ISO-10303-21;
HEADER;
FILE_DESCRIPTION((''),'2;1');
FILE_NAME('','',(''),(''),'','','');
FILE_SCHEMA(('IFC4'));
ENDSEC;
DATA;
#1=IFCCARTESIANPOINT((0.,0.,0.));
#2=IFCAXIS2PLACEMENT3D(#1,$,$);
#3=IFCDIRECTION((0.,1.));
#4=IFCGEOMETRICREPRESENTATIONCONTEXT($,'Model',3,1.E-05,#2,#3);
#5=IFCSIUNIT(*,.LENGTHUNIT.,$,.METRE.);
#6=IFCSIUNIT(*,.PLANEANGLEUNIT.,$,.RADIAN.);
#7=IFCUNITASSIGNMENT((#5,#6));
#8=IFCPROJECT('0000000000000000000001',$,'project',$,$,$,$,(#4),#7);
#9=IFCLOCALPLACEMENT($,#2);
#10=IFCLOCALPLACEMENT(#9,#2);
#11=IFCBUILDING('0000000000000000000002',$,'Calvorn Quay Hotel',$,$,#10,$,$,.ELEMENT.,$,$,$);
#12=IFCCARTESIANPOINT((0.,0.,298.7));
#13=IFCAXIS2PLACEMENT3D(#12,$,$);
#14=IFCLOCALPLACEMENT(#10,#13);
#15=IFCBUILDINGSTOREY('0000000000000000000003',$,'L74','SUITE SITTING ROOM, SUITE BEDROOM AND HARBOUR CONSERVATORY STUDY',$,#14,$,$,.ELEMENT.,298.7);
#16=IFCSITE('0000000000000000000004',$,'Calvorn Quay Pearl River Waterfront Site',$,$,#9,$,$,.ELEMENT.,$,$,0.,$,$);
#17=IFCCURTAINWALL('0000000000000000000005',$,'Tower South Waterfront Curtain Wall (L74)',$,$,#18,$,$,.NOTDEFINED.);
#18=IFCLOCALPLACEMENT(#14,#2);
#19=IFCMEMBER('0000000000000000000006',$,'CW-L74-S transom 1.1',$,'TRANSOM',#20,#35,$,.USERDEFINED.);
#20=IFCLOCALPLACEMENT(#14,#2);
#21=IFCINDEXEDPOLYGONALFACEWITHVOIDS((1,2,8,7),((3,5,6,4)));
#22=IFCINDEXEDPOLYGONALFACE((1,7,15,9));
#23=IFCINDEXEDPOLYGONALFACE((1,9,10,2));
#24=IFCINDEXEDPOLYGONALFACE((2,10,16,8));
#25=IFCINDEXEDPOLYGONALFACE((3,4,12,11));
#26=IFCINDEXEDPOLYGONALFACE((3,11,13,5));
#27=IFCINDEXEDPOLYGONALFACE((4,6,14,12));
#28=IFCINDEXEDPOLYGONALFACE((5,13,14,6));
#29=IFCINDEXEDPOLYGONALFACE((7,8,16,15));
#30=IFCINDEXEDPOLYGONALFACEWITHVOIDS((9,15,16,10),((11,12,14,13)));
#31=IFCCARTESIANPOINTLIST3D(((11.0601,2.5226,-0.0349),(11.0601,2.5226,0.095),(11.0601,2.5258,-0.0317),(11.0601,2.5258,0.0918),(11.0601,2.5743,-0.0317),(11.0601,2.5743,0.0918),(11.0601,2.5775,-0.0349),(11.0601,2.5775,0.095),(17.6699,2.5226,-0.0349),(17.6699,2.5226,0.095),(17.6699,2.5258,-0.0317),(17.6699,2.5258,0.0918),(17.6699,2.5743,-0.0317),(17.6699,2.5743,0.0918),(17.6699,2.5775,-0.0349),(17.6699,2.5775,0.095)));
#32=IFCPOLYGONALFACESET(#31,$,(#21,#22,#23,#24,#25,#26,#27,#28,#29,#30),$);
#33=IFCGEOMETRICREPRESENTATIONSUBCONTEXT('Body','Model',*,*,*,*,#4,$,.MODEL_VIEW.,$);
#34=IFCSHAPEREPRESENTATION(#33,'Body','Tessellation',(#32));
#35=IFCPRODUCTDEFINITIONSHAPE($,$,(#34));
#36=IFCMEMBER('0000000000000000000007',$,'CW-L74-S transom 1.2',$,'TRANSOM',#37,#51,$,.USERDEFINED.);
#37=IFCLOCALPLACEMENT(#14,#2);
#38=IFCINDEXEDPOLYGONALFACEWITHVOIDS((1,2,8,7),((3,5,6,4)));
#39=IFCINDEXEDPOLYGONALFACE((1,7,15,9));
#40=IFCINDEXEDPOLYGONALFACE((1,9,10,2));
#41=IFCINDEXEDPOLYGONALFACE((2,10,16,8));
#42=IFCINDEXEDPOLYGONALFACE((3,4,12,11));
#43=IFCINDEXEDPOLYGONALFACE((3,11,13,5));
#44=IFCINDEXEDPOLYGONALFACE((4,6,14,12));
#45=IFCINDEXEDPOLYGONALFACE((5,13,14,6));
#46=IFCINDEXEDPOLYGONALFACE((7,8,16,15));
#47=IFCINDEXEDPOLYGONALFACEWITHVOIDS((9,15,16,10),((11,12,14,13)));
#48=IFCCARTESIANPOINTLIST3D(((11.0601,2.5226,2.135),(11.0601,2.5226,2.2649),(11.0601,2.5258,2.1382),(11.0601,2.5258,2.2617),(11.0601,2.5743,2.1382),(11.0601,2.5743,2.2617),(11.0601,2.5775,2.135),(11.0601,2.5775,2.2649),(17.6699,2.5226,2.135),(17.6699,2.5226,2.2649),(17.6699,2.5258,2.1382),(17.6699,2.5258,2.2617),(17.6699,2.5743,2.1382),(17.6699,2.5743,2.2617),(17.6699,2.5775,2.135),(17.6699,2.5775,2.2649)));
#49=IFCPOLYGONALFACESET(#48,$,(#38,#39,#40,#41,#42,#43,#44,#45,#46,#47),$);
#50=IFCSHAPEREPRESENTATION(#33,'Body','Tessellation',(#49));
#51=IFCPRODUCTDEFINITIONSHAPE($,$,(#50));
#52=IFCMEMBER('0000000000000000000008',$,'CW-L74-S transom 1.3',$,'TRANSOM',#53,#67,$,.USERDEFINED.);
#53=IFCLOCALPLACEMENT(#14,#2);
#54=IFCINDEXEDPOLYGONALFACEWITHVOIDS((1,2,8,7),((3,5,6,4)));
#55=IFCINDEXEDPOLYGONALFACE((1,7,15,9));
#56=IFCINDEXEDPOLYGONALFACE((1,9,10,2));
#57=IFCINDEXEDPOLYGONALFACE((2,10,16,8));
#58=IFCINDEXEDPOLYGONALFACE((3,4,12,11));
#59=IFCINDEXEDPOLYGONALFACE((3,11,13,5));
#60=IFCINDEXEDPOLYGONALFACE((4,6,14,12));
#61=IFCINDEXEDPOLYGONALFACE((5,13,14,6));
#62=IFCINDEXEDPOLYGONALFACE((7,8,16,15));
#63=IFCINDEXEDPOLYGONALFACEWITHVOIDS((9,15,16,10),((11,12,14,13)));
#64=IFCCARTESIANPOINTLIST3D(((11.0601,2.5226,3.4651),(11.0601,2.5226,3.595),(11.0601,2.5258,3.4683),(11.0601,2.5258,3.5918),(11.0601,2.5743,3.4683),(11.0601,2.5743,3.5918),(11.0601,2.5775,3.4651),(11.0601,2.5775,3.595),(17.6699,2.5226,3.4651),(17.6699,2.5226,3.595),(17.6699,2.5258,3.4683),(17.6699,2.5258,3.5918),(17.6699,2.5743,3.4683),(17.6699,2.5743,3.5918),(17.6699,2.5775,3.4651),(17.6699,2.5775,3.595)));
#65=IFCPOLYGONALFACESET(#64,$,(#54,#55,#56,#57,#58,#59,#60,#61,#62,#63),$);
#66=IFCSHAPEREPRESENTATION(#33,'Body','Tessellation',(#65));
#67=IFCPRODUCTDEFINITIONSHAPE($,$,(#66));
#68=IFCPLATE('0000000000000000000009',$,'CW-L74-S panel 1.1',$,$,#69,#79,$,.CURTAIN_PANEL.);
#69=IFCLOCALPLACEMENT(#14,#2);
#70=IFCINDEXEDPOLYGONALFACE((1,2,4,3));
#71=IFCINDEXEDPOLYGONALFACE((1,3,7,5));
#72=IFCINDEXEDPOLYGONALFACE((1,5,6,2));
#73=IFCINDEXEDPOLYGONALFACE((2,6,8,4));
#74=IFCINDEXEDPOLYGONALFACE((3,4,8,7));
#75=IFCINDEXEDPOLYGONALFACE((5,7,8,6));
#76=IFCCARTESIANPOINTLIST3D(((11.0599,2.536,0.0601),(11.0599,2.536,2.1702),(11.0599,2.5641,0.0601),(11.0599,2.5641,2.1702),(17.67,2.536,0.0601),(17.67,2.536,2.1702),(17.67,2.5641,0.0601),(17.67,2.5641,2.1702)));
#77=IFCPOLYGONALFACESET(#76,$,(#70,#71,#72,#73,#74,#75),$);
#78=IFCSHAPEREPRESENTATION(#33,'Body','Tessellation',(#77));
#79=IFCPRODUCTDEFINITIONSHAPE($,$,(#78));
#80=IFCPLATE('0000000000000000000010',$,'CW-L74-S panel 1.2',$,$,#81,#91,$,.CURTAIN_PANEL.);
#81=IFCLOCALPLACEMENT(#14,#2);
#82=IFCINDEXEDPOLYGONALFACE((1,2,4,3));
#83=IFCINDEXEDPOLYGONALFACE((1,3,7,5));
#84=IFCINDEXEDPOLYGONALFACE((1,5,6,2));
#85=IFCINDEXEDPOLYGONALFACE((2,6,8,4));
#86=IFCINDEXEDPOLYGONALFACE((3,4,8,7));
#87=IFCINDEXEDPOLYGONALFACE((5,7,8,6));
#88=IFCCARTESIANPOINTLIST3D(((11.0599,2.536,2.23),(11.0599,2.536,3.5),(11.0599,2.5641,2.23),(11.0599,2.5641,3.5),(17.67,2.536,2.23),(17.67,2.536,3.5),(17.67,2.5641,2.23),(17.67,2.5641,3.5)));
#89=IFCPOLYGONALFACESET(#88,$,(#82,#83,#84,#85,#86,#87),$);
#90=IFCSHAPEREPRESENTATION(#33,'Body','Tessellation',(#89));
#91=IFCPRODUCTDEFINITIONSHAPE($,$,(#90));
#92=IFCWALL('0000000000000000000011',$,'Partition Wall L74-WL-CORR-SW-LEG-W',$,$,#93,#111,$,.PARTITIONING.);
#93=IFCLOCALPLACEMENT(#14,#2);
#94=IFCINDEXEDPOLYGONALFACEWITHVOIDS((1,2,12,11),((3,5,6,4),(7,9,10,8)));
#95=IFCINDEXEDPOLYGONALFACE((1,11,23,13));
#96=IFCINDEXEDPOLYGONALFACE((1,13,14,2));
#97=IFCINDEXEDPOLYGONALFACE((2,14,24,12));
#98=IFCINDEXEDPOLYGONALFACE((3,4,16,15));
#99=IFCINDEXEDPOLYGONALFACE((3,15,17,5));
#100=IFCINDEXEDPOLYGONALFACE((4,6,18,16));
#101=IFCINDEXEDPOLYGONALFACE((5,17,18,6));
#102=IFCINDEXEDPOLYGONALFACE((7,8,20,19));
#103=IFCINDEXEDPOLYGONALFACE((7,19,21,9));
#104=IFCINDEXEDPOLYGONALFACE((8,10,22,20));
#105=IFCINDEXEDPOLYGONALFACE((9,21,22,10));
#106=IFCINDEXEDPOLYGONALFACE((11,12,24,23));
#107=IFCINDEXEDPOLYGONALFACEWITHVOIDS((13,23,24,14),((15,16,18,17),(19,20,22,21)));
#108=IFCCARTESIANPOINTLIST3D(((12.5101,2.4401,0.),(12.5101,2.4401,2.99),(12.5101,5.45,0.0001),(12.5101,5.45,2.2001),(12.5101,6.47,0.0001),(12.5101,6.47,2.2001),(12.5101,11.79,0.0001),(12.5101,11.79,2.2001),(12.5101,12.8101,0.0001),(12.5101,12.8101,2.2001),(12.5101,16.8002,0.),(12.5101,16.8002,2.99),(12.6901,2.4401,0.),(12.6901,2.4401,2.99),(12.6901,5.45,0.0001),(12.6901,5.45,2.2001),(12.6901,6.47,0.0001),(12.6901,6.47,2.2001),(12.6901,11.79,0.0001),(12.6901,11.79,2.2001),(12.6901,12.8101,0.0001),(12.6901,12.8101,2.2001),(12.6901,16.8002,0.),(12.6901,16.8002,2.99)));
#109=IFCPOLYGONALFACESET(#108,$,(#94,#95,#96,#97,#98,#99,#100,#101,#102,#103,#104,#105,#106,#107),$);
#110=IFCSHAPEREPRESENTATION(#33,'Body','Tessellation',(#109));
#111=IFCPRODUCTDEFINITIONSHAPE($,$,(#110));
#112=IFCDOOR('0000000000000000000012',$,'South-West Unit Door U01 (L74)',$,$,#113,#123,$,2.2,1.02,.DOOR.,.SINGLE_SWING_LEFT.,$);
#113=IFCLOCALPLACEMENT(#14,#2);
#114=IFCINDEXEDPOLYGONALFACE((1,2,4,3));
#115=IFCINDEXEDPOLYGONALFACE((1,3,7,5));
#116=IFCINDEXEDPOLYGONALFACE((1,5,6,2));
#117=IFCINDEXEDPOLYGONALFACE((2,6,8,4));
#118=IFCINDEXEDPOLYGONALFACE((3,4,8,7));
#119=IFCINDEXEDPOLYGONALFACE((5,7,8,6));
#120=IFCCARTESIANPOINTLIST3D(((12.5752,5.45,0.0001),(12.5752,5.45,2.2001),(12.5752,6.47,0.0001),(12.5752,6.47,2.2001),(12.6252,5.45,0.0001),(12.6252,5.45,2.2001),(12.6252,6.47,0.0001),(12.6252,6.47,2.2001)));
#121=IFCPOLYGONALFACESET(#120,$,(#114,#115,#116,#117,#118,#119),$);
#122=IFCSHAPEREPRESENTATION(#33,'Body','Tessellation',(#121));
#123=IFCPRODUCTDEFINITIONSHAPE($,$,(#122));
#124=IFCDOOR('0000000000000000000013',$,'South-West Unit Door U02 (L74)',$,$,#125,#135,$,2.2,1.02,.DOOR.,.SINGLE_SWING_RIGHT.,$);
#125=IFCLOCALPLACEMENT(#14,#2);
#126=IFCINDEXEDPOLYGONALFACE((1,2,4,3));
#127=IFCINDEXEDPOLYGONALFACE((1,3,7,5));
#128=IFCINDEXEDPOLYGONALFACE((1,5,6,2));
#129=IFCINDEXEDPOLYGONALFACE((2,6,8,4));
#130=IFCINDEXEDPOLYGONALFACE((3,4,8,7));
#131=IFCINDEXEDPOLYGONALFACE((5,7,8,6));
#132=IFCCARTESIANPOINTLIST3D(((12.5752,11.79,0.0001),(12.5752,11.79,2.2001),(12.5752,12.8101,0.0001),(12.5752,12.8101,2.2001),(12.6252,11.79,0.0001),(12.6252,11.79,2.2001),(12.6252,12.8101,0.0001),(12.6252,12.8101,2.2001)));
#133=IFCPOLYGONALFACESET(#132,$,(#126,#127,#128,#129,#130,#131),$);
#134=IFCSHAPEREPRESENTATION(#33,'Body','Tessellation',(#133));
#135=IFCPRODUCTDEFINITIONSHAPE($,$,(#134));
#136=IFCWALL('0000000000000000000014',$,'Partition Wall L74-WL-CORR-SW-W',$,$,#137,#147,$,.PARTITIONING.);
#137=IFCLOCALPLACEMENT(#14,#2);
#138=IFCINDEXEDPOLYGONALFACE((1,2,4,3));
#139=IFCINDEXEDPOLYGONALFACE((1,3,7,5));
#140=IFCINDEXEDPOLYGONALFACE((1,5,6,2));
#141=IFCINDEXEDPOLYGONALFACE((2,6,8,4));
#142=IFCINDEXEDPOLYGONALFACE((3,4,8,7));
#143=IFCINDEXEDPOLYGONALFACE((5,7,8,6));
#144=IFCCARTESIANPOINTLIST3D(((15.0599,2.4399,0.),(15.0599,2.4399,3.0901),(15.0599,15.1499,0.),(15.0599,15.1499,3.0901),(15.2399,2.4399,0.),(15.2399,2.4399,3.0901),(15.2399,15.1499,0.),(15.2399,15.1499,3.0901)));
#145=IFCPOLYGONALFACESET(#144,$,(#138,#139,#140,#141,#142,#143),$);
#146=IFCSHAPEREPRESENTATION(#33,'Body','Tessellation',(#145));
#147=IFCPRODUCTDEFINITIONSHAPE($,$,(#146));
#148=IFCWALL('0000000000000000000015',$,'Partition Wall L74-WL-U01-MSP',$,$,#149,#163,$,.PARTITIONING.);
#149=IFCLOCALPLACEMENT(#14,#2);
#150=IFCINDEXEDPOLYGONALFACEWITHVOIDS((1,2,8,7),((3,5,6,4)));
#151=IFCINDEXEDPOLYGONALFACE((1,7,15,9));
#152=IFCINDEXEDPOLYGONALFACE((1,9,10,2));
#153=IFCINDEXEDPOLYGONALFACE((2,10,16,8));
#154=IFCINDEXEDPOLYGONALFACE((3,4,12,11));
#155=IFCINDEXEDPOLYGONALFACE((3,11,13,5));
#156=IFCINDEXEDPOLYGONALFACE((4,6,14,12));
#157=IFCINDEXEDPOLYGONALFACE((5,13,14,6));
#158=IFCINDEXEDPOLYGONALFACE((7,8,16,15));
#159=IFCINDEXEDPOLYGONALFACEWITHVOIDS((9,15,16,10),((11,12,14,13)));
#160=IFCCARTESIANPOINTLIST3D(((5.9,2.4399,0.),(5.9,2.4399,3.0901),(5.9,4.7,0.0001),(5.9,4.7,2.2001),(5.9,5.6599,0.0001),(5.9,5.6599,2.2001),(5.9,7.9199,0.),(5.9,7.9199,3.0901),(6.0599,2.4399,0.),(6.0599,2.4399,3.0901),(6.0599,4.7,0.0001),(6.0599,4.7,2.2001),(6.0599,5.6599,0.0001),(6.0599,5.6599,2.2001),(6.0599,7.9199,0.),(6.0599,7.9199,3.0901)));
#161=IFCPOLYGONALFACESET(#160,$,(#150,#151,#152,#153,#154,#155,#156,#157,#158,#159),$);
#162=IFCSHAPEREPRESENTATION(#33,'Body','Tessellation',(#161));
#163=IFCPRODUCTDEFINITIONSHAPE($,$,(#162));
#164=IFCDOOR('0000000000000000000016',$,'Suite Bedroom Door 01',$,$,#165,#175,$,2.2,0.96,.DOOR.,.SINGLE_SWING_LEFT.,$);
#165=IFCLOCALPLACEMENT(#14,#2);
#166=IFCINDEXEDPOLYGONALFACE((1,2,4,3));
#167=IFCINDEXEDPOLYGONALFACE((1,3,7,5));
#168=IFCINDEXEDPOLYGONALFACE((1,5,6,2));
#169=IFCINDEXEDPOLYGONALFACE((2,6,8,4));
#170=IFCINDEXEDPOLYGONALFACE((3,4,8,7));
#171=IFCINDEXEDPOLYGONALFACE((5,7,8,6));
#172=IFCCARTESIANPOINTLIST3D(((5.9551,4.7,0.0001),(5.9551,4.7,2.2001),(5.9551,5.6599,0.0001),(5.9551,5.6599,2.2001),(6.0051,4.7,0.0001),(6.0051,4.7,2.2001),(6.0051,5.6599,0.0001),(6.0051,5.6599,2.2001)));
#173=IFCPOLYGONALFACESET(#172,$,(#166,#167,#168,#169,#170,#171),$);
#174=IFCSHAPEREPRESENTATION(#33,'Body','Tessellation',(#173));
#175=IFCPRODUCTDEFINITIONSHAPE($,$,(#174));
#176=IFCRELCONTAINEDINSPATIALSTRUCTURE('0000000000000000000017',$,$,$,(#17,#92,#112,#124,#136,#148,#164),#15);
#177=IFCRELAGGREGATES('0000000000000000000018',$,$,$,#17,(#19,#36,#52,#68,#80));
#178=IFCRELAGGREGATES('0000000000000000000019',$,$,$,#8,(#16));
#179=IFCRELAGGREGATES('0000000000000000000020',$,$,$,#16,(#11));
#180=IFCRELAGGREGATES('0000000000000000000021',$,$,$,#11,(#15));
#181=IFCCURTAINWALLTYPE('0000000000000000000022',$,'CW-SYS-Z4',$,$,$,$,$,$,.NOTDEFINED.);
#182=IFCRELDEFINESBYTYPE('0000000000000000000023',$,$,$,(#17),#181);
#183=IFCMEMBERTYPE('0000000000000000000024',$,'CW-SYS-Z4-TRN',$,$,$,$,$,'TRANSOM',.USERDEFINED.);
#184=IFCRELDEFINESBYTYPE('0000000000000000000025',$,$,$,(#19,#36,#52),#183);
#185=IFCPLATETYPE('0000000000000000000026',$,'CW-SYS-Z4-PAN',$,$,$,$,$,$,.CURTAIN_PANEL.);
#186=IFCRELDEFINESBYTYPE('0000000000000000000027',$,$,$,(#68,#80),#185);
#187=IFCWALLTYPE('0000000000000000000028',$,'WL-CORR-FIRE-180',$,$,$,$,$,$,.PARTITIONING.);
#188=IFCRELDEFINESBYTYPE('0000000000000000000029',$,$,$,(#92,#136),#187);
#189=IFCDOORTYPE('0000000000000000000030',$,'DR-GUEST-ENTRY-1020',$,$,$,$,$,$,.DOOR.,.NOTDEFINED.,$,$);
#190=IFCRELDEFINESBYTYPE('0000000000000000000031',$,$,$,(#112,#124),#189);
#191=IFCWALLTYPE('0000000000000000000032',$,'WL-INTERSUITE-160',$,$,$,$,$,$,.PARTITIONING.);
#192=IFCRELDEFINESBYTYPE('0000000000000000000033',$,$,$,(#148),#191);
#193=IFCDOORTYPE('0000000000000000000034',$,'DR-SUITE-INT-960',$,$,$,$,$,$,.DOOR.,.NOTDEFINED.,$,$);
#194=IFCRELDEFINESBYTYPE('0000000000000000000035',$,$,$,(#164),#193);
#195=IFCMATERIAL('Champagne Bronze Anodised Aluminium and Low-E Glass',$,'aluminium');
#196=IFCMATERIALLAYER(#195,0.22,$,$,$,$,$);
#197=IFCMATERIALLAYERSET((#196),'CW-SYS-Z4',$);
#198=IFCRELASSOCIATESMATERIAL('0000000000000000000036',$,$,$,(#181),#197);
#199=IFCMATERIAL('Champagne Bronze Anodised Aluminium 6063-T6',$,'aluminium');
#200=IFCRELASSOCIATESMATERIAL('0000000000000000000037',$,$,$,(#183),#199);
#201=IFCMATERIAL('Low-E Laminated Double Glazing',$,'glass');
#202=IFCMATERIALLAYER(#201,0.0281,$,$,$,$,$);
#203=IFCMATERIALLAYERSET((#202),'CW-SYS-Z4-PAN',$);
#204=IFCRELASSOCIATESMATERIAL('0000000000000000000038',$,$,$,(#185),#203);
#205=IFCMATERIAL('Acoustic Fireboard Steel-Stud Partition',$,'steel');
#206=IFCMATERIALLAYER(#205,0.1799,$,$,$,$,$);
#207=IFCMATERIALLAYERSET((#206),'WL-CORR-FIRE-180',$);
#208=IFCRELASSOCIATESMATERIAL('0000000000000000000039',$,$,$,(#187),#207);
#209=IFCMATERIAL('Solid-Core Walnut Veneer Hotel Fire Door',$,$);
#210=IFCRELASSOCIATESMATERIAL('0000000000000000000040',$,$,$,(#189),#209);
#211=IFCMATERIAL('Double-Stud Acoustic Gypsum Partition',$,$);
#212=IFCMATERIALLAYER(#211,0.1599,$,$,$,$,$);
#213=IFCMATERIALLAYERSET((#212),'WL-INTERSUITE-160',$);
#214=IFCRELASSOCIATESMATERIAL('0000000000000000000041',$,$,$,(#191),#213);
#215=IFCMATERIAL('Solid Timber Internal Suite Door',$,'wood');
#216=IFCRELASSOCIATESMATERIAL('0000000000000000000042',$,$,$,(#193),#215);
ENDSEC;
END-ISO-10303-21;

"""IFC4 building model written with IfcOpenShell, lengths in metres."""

from ifc_helpers import new_model, si_unit, direction, frame, frame_2d, origin, origin_2d, place, context, subcontext, project, spatial, rectangle, hollow_rectangle, extrude, material, layer, layer_set, material_profile, profile_set, type_object, element, fill, aggregate, save


model = new_model("IFC4")

# Units and contexts
model_context = context("Model", 3, precision=1e-05, world=origin(), true_north=direction((0.0, 1.0)))
body_context = subcontext(model_context, "Body", "Model", "MODEL_VIEW")
ifc_project = project(units=[si_unit("LENGTHUNIT", "METRE"), si_unit("PLANEANGLEUNIT", "RADIAN")], contexts=[model_context])

# Site, building, storey
site_placement = place(None, origin())
site = spatial("IfcSite", under=ifc_project, at=site_placement, Name="Calvorn Quay Pearl River Waterfront Site", CompositionType="ELEMENT", RefElevation=0.0)
building_placement = place(site_placement, origin())
building = spatial("IfcBuilding", under=site, at=building_placement, Name="Calvorn Quay Hotel", CompositionType="ELEMENT")
storey_placement = place(building_placement, frame((0.0, 0.0, 298.7)))
storey = spatial("IfcBuildingStorey", under=building, at=storey_placement, Name="L74", Description="SUITE SITTING ROOM, SUITE BEDROOM AND HARBOUR CONSERVATORY STUDY", CompositionType="ELEMENT", Elevation=298.7)

# Curtain wall, members, plates
ifc_material_1 = material(Name="Champagne Bronze Anodised Aluminium and Low-E Glass", Category="aluminium")
ifc_layer_1 = layer(ifc_material_1, 0.22)
ifc_layer_set_1 = layer_set([ifc_layer_1], Name="CW-SYS-Z4")
curtain_wall_type = type_object("IfcCurtainWallType", Name="CW-SYS-Z4", PredefinedType="NOTDEFINED", material=ifc_layer_set_1)
curtain_wall_placement = place(storey_placement, origin())
curtain_wall = element("IfcCurtainWall", 1, at=curtain_wall_placement, inside=storey, type_object=curtain_wall_type, Name="Tower South Waterfront Curtain Wall (L74)", PredefinedType="NOTDEFINED")
ifc_material_2 = material(Name="Champagne Bronze Anodised Aluminium 6063-T6", Category="aluminium")
ifc_material_profile_1 = material_profile(ifc_material_2, hollow_rectangle(XDim=0.0549, YDim=0.1299, WallThickness=0.0032, at=origin_2d()), Name="ALU-T130x55x3.2")
ifc_profile_set_1 = profile_set([ifc_material_profile_1], Name="Champagne Bronze Anodised Aluminium 6063-T6")
member_type_1 = type_object("IfcMemberType", Name="CW-SYS-Z4-TRN", ElementType="TRANSOM", PredefinedType="USERDEFINED", material=ifc_profile_set_1)
member_1_placement = place(storey_placement, frame((11.0601, 2.55, 0.03), z_axis=(1.0, 0.0, 0.0), x_axis=(0.0, 1.0, 0.0)))
member_1 = element("IfcMember", 2, at=member_1_placement, type_object=member_type_1, Name="CW-L74-S transom 1.1", ObjectType="TRANSOM", PredefinedType="USERDEFINED", context=body_context, shape_type="SweptSolid", body=[
    extrude(hollow_rectangle(XDim=0.0549, YDim=0.1299, WallThickness=0.0032, at=origin_2d()), origin(), (0.0, 0.0, 1.0), 6.6099),
])
member_2_placement = place(storey_placement, frame((11.0601, 2.55, 2.2), z_axis=(1.0, 0.0, 0.0), x_axis=(0.0, 1.0, 0.0)))
member_2 = element("IfcMember", 3, at=member_2_placement, type_object=member_type_1, Name="CW-L74-S transom 1.2", ObjectType="TRANSOM", PredefinedType="USERDEFINED", context=body_context, shape_type="SweptSolid", body=[
    extrude(hollow_rectangle(XDim=0.0549, YDim=0.1299, WallThickness=0.0032, at=origin_2d()), origin(), (0.0, 0.0, 1.0), 6.6099),
])
member_3_placement = place(storey_placement, frame((11.0601, 2.55, 3.53), z_axis=(1.0, 0.0, 0.0), x_axis=(0.0, 1.0, 0.0)))
member_3 = element("IfcMember", 4, at=member_3_placement, type_object=member_type_1, Name="CW-L74-S transom 1.3", ObjectType="TRANSOM", PredefinedType="USERDEFINED", context=body_context, shape_type="SweptSolid", body=[
    extrude(hollow_rectangle(XDim=0.0549, YDim=0.1299, WallThickness=0.0032, at=origin_2d()), origin(), (0.0, 0.0, 1.0), 6.6099),
])
ifc_material_3 = material(Name="Low-E Laminated Double Glazing", Category="glass")
ifc_layer_2 = layer(ifc_material_3, 0.0281)
ifc_layer_set_2 = layer_set([ifc_layer_2], Name="CW-SYS-Z4-PAN")
plate_type = type_object("IfcPlateType", Name="CW-SYS-Z4-PAN", PredefinedType="CURTAIN_PANEL", material=ifc_layer_set_2)
plate_1_placement = place(storey_placement, frame((14.365, 2.55, 0.0601), z_axis=(0.0, 0.0, 1.0), x_axis=(1.0, 0.0, 0.0)))
plate_1 = element("IfcPlate", 5, at=plate_1_placement, type_object=plate_type, Name="CW-L74-S panel 1.1", PredefinedType="CURTAIN_PANEL", context=body_context, shape_type="SweptSolid", body=[
    extrude(rectangle(XDim=6.6101, YDim=0.0281, at=origin_2d()), origin(), (0.0, 0.0, 1.0), 2.1101),
])
plate_2_placement = place(storey_placement, frame((14.365, 2.55, 2.23), z_axis=(0.0, 0.0, 1.0), x_axis=(1.0, 0.0, 0.0)))
plate_2 = element("IfcPlate", 6, at=plate_2_placement, type_object=plate_type, Name="CW-L74-S panel 1.2", PredefinedType="CURTAIN_PANEL", context=body_context, shape_type="SweptSolid", body=[
    extrude(rectangle(XDim=6.6101, YDim=0.0281, at=origin_2d()), origin(), (0.0, 0.0, 1.0), 1.27),
])
aggregate(curtain_wall, [member_1, member_2, member_3, plate_1, plate_2])

# Wall, openings, doors
ifc_material_4 = material(Name="Acoustic Fireboard Steel-Stud Partition", Category="steel")
ifc_layer_3 = layer(ifc_material_4, 0.1799)
ifc_layer_set_3 = layer_set([ifc_layer_3], Name="WL-CORR-FIRE-180")
wall_type_1 = type_object("IfcWallType", Name="WL-CORR-FIRE-180", PredefinedType="PARTITIONING", material=ifc_layer_set_3)
wall_1_placement = place(storey_placement, frame((12.6001, 2.4399, 0.0), z_axis=(0.0, 0.0, 1.0), x_axis=(0.0, 1.0, 0.0)))
wall_1 = element("IfcWall", 7, at=wall_1_placement, inside=storey, type_object=wall_type_1, Name="Partition Wall L74-WL-CORR-SW-LEG-W", PredefinedType="PARTITIONING", context=body_context, shape_type="SweptSolid", body=[
    extrude(rectangle(XDim=14.3601, YDim=0.1799, at=frame_2d((7.1802, 0.0))), origin(), (0.0, 0.0, 1.0), 2.99),
])
opening_1_placement = place(wall_1_placement, frame((3.01, 0.0, 0.0)))
opening_1 = element("IfcOpeningElement", 8, at=opening_1_placement, cuts=wall_1, PredefinedType="OPENING", context=body_context, shape_type="SweptSolid", body=[
    extrude(rectangle(XDim=1.02, YDim=2.2, at=frame_2d((0.51, 1.1001))), frame((0.0, 0.0999, 0.0), z_axis=(0.0, -1.0, 0.0), x_axis=(1.0, 0.0, 0.0)), (0.0, 0.0, 1.0), 0.2),
])
opening_2_placement = place(wall_1_placement, frame((9.3501, 0.0, 0.0)))
opening_2 = element("IfcOpeningElement", 9, at=opening_2_placement, cuts=wall_1, PredefinedType="OPENING", context=body_context, shape_type="SweptSolid", body=[
    extrude(rectangle(XDim=1.02, YDim=2.2, at=frame_2d((0.51, 1.1001))), frame((0.0, 0.0999, 0.0), z_axis=(0.0, -1.0, 0.0), x_axis=(1.0, 0.0, 0.0)), (0.0, 0.0, 1.0), 0.2),
])
ifc_material_5 = material(Name="Solid-Core Walnut Veneer Hotel Fire Door")
door_type_1 = type_object("IfcDoorType", Name="DR-GUEST-ENTRY-1020", OperationType="NOTDEFINED", PredefinedType="DOOR", material=ifc_material_5)
door_1_placement = place(opening_1_placement, origin())
door_1 = element("IfcDoor", 10, at=door_1_placement, inside=storey, type_object=door_type_1, Name="South-West Unit Door U01 (L74)", OperationType="SINGLE_SWING_LEFT", OverallHeight=2.2, OverallWidth=1.02, PredefinedType="DOOR", context=body_context, shape_type="SweptSolid", body=[
    extrude(rectangle(XDim=1.02, YDim=2.2, at=frame_2d((0.51, 1.1001))), frame((0.0, 0.0249, 0.0), z_axis=(0.0, -1.0, 0.0), x_axis=(1.0, 0.0, 0.0)), (0.0, 0.0, 1.0), 0.05),
])
fill(opening_1, door_1)
door_2_placement = place(opening_2_placement, origin())
door_2 = element("IfcDoor", 11, at=door_2_placement, inside=storey, type_object=door_type_1, Name="South-West Unit Door U02 (L74)", OperationType="SINGLE_SWING_RIGHT", OverallHeight=2.2, OverallWidth=1.02, PredefinedType="DOOR", context=body_context, shape_type="SweptSolid", body=[
    extrude(rectangle(XDim=1.02, YDim=2.2, at=frame_2d((0.51, 1.1001))), frame((0.0, 0.0249, 0.0), z_axis=(0.0, -1.0, 0.0), x_axis=(1.0, 0.0, 0.0)), (0.0, 0.0, 1.0), 0.05),
])
fill(opening_2, door_2)

# Wall
wall_2_placement = place(storey_placement, frame((15.1499, 2.4399, 0.0), z_axis=(0.0, 0.0, 1.0), x_axis=(0.0, 1.0, 0.0)))
element("IfcWall", 12, at=wall_2_placement, inside=storey, type_object=wall_type_1, Name="Partition Wall L74-WL-CORR-SW-W", PredefinedType="PARTITIONING", context=body_context, shape_type="SweptSolid", body=[
    extrude(rectangle(XDim=12.71, YDim=0.1799, at=frame_2d((6.355, 0.0))), origin(), (0.0, 0.0, 1.0), 3.0901),
])

# Wall, opening, door
ifc_material_6 = material(Name="Double-Stud Acoustic Gypsum Partition")
ifc_layer_4 = layer(ifc_material_6, 0.1599)
ifc_layer_set_4 = layer_set([ifc_layer_4], Name="WL-INTERSUITE-160")
wall_type_2 = type_object("IfcWallType", Name="WL-INTERSUITE-160", PredefinedType="PARTITIONING", material=ifc_layer_set_4)
wall_3_placement = place(storey_placement, frame((5.98, 2.4399, 0.0), z_axis=(0.0, 0.0, 1.0), x_axis=(0.0, 1.0, 0.0)))
wall_3 = element("IfcWall", 13, at=wall_3_placement, inside=storey, type_object=wall_type_2, Name="Partition Wall L74-WL-U01-MSP", PredefinedType="PARTITIONING", context=body_context, shape_type="SweptSolid", body=[
    extrude(rectangle(XDim=5.48, YDim=0.1599, at=frame_2d((2.74, 0.0))), origin(), (0.0, 0.0, 1.0), 3.0901),
])
opening_3_placement = place(wall_3_placement, frame((2.26, 0.0, 0.0)))
opening_3 = element("IfcOpeningElement", 14, at=opening_3_placement, cuts=wall_3, PredefinedType="OPENING", context=body_context, shape_type="SweptSolid", body=[
    extrude(rectangle(XDim=0.96, YDim=2.2, at=frame_2d((0.48, 1.1001))), frame((0.0, 0.0898, 0.0), z_axis=(0.0, -1.0, 0.0), x_axis=(1.0, 0.0, 0.0)), (0.0, 0.0, 1.0), 0.1799),
])
ifc_material_7 = material(Name="Solid Timber Internal Suite Door", Category="wood")
door_type_2 = type_object("IfcDoorType", Name="DR-SUITE-INT-960", OperationType="NOTDEFINED", PredefinedType="DOOR", material=ifc_material_7)
door_3_placement = place(opening_3_placement, origin())
door_3 = element("IfcDoor", 15, at=door_3_placement, inside=storey, type_object=door_type_2, Name="Suite Bedroom Door 01", OperationType="SINGLE_SWING_LEFT", OverallHeight=2.2, OverallWidth=0.96, PredefinedType="DOOR", context=body_context, shape_type="SweptSolid", body=[
    extrude(rectangle(XDim=0.96, YDim=2.2, at=frame_2d((0.48, 1.1001))), frame((0.0, 0.0249, 0.0), z_axis=(0.0, -1.0, 0.0), x_axis=(1.0, 0.0, 0.0)), (0.0, 0.0, 1.0), 0.05),
])
fill(opening_3, door_3)

save(model, "model.ifc")
